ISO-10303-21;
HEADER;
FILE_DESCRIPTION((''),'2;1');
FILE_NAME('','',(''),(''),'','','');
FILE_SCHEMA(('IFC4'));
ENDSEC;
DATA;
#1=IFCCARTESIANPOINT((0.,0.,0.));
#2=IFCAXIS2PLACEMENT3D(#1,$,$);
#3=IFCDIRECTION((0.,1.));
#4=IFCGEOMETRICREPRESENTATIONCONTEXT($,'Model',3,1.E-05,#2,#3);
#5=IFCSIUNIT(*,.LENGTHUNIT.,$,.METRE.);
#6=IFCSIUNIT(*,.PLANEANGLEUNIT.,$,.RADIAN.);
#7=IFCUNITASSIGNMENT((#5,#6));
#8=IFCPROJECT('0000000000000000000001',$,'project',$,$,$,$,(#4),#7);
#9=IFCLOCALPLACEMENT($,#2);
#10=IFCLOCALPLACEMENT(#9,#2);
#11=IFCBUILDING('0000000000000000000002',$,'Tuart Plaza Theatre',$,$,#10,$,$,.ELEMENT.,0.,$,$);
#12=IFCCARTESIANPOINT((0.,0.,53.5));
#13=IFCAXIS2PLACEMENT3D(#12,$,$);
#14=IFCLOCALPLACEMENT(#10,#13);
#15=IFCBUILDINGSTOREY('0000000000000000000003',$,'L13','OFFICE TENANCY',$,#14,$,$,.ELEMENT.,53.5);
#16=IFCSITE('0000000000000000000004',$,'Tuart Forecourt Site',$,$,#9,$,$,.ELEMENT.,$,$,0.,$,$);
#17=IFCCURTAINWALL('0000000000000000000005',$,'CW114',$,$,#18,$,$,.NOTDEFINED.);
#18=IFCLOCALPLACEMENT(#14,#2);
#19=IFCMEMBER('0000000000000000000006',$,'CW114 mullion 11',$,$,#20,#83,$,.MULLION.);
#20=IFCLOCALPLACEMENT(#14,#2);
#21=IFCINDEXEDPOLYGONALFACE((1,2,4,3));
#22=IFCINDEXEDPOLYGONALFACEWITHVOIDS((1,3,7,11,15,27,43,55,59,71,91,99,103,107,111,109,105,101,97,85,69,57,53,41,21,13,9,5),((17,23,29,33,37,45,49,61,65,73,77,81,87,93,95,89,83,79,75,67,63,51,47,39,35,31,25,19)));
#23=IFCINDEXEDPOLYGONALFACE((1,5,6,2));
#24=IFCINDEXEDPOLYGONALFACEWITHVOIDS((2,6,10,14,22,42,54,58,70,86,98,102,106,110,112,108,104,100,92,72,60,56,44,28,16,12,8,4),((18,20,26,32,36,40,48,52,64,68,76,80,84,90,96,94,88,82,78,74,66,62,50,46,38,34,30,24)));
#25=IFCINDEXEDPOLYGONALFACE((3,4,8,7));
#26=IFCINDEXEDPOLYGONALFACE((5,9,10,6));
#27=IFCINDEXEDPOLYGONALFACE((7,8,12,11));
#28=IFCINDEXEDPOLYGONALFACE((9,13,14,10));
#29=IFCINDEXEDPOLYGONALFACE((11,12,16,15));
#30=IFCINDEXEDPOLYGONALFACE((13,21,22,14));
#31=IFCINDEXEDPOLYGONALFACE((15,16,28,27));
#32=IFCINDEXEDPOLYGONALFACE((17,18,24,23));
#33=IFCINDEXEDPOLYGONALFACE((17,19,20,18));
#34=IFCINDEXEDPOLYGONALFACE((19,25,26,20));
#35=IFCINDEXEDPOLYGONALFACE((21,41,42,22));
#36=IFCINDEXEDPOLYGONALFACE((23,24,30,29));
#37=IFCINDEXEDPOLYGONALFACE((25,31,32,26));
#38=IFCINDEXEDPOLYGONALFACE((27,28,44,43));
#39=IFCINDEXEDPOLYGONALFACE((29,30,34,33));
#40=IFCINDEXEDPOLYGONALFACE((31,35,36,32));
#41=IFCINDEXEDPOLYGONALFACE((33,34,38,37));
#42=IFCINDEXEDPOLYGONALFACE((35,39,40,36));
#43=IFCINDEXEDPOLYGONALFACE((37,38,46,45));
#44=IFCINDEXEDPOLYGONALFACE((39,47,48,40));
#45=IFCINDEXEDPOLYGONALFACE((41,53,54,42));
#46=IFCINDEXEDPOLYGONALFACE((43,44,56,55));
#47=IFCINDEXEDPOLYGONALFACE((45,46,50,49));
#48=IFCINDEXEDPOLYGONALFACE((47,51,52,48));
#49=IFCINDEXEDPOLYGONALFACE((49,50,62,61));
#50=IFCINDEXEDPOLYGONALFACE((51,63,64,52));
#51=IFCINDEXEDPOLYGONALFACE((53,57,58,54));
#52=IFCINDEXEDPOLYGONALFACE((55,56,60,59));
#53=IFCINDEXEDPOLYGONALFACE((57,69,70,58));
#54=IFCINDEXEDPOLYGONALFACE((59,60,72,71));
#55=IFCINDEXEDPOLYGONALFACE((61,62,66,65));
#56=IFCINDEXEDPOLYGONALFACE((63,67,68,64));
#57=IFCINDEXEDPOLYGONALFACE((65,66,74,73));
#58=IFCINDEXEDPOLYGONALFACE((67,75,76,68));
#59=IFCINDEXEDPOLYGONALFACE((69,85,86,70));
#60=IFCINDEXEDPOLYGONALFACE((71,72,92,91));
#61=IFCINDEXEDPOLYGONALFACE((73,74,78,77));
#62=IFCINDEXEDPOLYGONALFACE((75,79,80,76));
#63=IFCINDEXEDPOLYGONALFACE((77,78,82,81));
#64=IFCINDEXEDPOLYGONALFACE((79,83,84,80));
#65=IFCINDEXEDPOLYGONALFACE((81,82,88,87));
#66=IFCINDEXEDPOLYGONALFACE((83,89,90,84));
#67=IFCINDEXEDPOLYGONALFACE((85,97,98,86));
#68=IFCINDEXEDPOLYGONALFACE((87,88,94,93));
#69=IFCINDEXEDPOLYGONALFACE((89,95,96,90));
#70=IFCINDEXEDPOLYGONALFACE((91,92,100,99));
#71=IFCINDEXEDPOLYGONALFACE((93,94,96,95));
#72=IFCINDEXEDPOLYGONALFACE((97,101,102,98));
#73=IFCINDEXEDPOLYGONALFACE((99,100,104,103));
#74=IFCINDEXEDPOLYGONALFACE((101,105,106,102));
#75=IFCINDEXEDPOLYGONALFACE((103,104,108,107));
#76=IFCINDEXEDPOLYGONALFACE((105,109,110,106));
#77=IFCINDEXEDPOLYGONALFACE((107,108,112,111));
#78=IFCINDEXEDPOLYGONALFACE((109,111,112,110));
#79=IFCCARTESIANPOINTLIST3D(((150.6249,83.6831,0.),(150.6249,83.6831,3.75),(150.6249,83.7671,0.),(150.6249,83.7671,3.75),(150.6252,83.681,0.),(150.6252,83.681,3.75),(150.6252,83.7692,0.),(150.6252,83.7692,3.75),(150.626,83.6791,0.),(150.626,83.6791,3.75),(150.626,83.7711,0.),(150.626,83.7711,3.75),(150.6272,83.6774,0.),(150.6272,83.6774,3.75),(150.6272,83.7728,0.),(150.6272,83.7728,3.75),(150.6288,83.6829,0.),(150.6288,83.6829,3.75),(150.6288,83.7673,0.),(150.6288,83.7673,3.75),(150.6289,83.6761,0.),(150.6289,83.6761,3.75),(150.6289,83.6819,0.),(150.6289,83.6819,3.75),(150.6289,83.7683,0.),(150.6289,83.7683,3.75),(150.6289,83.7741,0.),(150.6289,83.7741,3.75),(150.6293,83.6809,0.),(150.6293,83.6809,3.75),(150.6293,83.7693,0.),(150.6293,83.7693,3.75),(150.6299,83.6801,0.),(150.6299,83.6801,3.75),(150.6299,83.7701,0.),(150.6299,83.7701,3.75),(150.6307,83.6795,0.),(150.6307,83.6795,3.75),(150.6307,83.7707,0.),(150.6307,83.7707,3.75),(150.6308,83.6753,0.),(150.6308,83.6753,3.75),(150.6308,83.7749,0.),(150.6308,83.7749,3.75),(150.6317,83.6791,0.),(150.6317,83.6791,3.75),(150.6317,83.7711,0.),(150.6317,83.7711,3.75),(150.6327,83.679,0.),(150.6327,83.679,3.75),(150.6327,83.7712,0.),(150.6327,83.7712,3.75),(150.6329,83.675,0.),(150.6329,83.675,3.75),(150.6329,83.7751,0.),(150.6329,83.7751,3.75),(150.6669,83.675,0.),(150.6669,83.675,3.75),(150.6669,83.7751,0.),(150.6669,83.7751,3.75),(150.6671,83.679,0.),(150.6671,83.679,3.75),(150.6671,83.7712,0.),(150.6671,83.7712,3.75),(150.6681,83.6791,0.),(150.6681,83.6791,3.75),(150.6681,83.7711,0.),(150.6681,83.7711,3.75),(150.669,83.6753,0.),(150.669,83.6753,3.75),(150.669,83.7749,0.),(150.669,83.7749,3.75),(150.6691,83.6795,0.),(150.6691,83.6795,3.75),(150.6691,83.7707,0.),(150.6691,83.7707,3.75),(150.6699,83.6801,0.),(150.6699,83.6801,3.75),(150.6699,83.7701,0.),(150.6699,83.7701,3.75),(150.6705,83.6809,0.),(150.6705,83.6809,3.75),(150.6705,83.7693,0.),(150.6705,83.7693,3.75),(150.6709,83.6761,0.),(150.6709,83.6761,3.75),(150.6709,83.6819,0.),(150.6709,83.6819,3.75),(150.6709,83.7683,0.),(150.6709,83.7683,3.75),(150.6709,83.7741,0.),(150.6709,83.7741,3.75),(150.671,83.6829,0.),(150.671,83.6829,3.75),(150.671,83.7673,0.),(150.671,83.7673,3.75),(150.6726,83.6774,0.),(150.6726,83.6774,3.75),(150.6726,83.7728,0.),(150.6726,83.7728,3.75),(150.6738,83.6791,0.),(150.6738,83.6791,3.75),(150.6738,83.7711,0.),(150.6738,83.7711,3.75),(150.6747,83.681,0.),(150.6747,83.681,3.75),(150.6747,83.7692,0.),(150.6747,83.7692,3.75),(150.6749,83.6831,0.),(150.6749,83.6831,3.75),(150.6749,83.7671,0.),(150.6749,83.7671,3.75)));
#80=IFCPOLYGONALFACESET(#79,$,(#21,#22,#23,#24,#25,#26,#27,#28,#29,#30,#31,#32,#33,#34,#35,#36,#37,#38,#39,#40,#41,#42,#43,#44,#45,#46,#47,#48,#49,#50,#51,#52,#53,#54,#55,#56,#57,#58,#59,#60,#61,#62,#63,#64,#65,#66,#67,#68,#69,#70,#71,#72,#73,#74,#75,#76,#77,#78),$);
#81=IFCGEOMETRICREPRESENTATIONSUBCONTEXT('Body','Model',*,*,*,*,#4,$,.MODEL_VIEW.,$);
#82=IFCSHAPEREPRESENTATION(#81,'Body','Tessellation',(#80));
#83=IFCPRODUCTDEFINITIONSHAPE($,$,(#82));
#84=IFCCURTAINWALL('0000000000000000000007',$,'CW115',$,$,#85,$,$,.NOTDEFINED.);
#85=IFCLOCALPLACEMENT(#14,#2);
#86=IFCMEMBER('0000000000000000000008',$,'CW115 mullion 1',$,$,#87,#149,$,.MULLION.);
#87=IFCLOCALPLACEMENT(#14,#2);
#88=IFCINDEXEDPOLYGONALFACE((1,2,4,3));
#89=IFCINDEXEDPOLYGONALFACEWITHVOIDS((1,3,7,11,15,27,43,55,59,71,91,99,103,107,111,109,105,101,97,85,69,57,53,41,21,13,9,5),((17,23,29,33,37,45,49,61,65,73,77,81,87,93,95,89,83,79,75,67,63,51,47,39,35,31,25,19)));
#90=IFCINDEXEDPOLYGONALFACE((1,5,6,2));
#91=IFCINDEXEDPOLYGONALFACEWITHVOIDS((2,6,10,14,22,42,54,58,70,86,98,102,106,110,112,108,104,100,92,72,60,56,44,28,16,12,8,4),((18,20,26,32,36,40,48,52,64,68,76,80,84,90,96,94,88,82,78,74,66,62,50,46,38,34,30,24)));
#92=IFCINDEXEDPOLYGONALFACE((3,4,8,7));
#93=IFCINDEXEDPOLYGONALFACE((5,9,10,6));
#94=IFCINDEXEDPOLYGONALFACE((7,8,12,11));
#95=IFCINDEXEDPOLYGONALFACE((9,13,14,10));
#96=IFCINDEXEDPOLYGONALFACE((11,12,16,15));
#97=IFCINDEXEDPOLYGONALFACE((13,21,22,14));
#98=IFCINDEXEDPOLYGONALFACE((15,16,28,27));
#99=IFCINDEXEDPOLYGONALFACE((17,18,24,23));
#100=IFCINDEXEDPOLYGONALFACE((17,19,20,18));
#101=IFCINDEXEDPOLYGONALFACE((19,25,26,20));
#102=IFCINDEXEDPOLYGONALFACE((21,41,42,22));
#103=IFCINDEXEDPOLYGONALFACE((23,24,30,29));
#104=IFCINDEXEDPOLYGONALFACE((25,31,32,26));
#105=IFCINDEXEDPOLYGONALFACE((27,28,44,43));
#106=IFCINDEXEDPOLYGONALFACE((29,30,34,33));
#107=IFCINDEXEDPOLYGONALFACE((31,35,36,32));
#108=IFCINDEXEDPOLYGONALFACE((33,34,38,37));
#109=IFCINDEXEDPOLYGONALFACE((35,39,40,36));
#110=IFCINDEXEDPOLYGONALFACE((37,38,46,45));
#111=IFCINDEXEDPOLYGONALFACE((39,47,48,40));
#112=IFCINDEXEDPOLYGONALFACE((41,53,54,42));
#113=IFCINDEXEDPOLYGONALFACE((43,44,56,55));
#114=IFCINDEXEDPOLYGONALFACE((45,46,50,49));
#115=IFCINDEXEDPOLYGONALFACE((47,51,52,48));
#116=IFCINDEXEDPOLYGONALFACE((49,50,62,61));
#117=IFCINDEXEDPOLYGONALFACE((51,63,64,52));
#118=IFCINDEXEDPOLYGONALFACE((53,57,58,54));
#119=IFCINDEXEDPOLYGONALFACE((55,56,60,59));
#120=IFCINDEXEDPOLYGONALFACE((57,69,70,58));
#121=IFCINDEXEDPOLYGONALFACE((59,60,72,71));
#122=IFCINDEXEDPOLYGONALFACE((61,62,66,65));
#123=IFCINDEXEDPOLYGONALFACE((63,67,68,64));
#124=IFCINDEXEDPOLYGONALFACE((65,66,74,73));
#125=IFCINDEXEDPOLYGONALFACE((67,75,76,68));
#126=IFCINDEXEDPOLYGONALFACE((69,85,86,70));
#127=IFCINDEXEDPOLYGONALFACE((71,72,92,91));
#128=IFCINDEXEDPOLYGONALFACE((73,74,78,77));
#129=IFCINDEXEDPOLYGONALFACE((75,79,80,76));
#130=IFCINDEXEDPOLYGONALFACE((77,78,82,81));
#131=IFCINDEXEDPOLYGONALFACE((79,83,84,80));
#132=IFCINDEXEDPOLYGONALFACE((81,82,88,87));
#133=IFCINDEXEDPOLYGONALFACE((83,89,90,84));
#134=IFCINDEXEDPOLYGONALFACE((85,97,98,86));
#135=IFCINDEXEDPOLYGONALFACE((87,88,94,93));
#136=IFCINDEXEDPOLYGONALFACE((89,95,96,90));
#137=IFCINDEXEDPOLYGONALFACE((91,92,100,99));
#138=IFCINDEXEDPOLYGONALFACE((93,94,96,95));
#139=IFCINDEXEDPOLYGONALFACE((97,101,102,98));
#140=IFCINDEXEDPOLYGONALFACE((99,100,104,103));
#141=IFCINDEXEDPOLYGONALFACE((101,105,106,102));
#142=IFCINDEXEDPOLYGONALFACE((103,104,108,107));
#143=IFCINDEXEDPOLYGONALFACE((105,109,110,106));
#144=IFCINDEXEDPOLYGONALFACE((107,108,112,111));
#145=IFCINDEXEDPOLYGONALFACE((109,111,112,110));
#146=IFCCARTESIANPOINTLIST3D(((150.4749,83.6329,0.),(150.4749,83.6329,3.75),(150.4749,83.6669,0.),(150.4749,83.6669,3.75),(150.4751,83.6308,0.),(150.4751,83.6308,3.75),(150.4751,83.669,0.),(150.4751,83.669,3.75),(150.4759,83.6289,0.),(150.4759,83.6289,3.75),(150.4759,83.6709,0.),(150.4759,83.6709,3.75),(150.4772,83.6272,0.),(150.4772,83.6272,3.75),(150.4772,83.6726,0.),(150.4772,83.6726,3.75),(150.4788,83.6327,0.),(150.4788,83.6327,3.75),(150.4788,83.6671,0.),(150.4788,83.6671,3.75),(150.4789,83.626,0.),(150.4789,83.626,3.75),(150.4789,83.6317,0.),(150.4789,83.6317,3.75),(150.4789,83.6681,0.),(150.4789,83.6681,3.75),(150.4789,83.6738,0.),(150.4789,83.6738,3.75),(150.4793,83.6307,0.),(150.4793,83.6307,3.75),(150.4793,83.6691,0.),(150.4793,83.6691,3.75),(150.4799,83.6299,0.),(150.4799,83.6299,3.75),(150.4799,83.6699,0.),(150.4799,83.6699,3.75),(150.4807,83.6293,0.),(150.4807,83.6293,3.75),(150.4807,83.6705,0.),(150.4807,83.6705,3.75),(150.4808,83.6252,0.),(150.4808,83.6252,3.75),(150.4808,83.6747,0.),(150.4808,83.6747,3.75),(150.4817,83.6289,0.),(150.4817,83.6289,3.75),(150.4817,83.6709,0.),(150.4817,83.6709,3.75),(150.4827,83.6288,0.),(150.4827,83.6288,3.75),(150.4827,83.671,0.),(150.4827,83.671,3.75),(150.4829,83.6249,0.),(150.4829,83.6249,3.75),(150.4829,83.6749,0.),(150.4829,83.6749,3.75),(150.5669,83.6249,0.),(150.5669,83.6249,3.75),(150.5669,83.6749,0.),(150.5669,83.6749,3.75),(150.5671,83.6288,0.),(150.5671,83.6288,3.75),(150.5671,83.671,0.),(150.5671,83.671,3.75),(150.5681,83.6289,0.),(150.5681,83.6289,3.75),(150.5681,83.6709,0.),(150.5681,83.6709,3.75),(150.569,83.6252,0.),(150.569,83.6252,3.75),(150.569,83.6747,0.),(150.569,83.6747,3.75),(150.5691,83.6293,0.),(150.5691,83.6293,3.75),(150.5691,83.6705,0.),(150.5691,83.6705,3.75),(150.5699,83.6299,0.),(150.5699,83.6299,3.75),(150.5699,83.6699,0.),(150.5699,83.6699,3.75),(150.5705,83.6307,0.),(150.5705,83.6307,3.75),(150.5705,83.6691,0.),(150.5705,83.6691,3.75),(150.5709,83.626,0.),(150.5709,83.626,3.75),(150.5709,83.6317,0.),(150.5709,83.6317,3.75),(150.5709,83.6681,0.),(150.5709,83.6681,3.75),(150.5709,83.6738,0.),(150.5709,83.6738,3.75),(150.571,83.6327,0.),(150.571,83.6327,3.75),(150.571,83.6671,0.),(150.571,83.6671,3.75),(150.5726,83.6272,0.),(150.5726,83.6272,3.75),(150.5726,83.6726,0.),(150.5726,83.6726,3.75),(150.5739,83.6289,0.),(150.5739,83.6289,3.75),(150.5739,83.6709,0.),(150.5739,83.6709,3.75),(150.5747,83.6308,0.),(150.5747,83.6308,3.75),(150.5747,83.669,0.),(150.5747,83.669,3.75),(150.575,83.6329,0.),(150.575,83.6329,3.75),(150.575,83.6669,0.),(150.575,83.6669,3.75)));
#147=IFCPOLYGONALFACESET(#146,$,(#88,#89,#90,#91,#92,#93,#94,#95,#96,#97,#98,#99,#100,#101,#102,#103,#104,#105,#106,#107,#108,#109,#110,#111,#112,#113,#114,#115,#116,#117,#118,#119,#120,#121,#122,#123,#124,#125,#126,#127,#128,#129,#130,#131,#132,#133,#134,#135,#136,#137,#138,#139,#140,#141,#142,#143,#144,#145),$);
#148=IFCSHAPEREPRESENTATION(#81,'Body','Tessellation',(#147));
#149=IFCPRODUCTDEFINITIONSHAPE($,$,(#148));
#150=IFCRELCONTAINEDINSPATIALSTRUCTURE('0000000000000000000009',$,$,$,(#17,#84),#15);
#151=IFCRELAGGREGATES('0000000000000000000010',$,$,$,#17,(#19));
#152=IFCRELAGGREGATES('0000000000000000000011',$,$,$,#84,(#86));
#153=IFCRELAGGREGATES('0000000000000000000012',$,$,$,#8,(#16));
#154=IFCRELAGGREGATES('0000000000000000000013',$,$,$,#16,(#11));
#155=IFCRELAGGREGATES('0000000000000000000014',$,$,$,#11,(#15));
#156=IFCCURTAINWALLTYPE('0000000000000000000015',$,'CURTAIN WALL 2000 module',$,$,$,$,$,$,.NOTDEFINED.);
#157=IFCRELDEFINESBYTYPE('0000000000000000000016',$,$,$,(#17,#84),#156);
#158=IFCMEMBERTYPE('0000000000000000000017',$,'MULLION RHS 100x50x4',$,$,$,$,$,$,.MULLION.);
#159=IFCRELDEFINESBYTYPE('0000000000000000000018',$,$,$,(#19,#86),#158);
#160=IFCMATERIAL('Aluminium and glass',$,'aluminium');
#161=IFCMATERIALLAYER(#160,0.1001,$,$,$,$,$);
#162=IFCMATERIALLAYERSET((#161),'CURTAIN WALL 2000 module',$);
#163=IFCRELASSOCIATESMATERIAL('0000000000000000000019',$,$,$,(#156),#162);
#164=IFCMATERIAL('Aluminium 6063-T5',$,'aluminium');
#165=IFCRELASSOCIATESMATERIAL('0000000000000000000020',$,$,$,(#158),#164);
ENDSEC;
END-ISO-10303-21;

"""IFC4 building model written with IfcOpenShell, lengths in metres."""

from ifc_helpers import new_model, si_unit, direction, frame, origin, origin_2d, place, context, subcontext, project, spatial, hollow_rectangle, extrude, material, layer, layer_set, material_profile, profile_set, type_object, element, aggregate, save


model = new_model("IFC4")

# Units and contexts
model_context = context("Model", 3, precision=1e-05, world=origin(), true_north=direction((0.0, 1.0)))
body_context = subcontext(model_context, "Body", "Model", "MODEL_VIEW")
ifc_project = project(units=[si_unit("LENGTHUNIT", "METRE"), si_unit("PLANEANGLEUNIT", "RADIAN")], contexts=[model_context])

# Site, building, storey
site_placement = place(None, origin())
site = spatial("IfcSite", under=ifc_project, at=site_placement, Name="Tuart Forecourt Site", CompositionType="ELEMENT", RefElevation=0.0)
building_placement = place(site_placement, origin())
building = spatial("IfcBuilding", under=site, at=building_placement, Name="Tuart Plaza Theatre", CompositionType="ELEMENT", ElevationOfRefHeight=0.0)
storey_placement = place(building_placement, frame((0.0, 0.0, 53.5)))
storey = spatial("IfcBuildingStorey", under=building, at=storey_placement, Name="L13", Description="OFFICE TENANCY", CompositionType="ELEMENT", Elevation=53.5)

# Curtain walls, members
ifc_material_1 = material(Name="Aluminium and glass", Category="aluminium")
ifc_layer_1 = layer(ifc_material_1, 0.1001)
ifc_layer_set_1 = layer_set([ifc_layer_1], Name="CURTAIN WALL 2000 module")
curtain_wall_type = type_object("IfcCurtainWallType", Name="CURTAIN WALL 2000 module", PredefinedType="NOTDEFINED", material=ifc_layer_set_1)
curtain_wall_1_placement = place(storey_placement, origin())
curtain_wall_1 = element("IfcCurtainWall", 1, at=curtain_wall_1_placement, inside=storey, type_object=curtain_wall_type, Name="CW114", PredefinedType="NOTDEFINED")
ifc_material_2 = material(Name="Aluminium 6063-T5", Category="aluminium")
ifc_material_profile_1 = material_profile(ifc_material_2, hollow_rectangle(XDim=0.05, YDim=0.1001, WallThickness=0.0039, InnerFilletRadius=0.0039, OuterFilletRadius=0.0081, at=origin_2d()), Name="RHS 100x50x4")
ifc_profile_set_1 = profile_set([ifc_material_profile_1], Name="Aluminium 6063-T5")
member_type_1 = type_object("IfcMemberType", Name="MULLION RHS 100x50x4", PredefinedType="MULLION", material=ifc_profile_set_1)
member_1_placement = place(storey_placement, frame((150.6499, 83.7251, 0.0), z_axis=(0.0, 0.0, 1.0), x_axis=(-1.0, 0.0, 0.0)))
member_1 = element("IfcMember", 2, at=member_1_placement, type_object=member_type_1, Name="CW114 mullion 11", PredefinedType="MULLION", context=body_context, shape_type="SweptSolid", body=[
    extrude(hollow_rectangle(XDim=0.05, YDim=0.1001, WallThickness=0.0039, InnerFilletRadius=0.0039, OuterFilletRadius=0.0081, at=origin_2d()), origin(), (0.0, 0.0, 1.0), 3.75),
])
curtain_wall_2_placement = place(storey_placement, origin())
curtain_wall_2 = element("IfcCurtainWall", 3, at=curtain_wall_2_placement, inside=storey, type_object=curtain_wall_type, Name="CW115", PredefinedType="NOTDEFINED")
member_2_placement = place(storey_placement, frame((150.5249, 83.6499, 0.0), z_axis=(0.0, 0.0, 1.0), x_axis=(0.0, -1.0, 0.0)))
member_2 = element("IfcMember", 4, at=member_2_placement, type_object=member_type_1, Name="CW115 mullion 1", PredefinedType="MULLION", context=body_context, shape_type="SweptSolid", body=[
    extrude(hollow_rectangle(XDim=0.05, YDim=0.1001, WallThickness=0.0039, InnerFilletRadius=0.0039, OuterFilletRadius=0.0081, at=origin_2d()), origin(), (0.0, 0.0, 1.0), 3.75),
])

aggregate(curtain_wall_1, [member_1])
aggregate(curtain_wall_2, [member_2])

save(model, "model.ifc")
